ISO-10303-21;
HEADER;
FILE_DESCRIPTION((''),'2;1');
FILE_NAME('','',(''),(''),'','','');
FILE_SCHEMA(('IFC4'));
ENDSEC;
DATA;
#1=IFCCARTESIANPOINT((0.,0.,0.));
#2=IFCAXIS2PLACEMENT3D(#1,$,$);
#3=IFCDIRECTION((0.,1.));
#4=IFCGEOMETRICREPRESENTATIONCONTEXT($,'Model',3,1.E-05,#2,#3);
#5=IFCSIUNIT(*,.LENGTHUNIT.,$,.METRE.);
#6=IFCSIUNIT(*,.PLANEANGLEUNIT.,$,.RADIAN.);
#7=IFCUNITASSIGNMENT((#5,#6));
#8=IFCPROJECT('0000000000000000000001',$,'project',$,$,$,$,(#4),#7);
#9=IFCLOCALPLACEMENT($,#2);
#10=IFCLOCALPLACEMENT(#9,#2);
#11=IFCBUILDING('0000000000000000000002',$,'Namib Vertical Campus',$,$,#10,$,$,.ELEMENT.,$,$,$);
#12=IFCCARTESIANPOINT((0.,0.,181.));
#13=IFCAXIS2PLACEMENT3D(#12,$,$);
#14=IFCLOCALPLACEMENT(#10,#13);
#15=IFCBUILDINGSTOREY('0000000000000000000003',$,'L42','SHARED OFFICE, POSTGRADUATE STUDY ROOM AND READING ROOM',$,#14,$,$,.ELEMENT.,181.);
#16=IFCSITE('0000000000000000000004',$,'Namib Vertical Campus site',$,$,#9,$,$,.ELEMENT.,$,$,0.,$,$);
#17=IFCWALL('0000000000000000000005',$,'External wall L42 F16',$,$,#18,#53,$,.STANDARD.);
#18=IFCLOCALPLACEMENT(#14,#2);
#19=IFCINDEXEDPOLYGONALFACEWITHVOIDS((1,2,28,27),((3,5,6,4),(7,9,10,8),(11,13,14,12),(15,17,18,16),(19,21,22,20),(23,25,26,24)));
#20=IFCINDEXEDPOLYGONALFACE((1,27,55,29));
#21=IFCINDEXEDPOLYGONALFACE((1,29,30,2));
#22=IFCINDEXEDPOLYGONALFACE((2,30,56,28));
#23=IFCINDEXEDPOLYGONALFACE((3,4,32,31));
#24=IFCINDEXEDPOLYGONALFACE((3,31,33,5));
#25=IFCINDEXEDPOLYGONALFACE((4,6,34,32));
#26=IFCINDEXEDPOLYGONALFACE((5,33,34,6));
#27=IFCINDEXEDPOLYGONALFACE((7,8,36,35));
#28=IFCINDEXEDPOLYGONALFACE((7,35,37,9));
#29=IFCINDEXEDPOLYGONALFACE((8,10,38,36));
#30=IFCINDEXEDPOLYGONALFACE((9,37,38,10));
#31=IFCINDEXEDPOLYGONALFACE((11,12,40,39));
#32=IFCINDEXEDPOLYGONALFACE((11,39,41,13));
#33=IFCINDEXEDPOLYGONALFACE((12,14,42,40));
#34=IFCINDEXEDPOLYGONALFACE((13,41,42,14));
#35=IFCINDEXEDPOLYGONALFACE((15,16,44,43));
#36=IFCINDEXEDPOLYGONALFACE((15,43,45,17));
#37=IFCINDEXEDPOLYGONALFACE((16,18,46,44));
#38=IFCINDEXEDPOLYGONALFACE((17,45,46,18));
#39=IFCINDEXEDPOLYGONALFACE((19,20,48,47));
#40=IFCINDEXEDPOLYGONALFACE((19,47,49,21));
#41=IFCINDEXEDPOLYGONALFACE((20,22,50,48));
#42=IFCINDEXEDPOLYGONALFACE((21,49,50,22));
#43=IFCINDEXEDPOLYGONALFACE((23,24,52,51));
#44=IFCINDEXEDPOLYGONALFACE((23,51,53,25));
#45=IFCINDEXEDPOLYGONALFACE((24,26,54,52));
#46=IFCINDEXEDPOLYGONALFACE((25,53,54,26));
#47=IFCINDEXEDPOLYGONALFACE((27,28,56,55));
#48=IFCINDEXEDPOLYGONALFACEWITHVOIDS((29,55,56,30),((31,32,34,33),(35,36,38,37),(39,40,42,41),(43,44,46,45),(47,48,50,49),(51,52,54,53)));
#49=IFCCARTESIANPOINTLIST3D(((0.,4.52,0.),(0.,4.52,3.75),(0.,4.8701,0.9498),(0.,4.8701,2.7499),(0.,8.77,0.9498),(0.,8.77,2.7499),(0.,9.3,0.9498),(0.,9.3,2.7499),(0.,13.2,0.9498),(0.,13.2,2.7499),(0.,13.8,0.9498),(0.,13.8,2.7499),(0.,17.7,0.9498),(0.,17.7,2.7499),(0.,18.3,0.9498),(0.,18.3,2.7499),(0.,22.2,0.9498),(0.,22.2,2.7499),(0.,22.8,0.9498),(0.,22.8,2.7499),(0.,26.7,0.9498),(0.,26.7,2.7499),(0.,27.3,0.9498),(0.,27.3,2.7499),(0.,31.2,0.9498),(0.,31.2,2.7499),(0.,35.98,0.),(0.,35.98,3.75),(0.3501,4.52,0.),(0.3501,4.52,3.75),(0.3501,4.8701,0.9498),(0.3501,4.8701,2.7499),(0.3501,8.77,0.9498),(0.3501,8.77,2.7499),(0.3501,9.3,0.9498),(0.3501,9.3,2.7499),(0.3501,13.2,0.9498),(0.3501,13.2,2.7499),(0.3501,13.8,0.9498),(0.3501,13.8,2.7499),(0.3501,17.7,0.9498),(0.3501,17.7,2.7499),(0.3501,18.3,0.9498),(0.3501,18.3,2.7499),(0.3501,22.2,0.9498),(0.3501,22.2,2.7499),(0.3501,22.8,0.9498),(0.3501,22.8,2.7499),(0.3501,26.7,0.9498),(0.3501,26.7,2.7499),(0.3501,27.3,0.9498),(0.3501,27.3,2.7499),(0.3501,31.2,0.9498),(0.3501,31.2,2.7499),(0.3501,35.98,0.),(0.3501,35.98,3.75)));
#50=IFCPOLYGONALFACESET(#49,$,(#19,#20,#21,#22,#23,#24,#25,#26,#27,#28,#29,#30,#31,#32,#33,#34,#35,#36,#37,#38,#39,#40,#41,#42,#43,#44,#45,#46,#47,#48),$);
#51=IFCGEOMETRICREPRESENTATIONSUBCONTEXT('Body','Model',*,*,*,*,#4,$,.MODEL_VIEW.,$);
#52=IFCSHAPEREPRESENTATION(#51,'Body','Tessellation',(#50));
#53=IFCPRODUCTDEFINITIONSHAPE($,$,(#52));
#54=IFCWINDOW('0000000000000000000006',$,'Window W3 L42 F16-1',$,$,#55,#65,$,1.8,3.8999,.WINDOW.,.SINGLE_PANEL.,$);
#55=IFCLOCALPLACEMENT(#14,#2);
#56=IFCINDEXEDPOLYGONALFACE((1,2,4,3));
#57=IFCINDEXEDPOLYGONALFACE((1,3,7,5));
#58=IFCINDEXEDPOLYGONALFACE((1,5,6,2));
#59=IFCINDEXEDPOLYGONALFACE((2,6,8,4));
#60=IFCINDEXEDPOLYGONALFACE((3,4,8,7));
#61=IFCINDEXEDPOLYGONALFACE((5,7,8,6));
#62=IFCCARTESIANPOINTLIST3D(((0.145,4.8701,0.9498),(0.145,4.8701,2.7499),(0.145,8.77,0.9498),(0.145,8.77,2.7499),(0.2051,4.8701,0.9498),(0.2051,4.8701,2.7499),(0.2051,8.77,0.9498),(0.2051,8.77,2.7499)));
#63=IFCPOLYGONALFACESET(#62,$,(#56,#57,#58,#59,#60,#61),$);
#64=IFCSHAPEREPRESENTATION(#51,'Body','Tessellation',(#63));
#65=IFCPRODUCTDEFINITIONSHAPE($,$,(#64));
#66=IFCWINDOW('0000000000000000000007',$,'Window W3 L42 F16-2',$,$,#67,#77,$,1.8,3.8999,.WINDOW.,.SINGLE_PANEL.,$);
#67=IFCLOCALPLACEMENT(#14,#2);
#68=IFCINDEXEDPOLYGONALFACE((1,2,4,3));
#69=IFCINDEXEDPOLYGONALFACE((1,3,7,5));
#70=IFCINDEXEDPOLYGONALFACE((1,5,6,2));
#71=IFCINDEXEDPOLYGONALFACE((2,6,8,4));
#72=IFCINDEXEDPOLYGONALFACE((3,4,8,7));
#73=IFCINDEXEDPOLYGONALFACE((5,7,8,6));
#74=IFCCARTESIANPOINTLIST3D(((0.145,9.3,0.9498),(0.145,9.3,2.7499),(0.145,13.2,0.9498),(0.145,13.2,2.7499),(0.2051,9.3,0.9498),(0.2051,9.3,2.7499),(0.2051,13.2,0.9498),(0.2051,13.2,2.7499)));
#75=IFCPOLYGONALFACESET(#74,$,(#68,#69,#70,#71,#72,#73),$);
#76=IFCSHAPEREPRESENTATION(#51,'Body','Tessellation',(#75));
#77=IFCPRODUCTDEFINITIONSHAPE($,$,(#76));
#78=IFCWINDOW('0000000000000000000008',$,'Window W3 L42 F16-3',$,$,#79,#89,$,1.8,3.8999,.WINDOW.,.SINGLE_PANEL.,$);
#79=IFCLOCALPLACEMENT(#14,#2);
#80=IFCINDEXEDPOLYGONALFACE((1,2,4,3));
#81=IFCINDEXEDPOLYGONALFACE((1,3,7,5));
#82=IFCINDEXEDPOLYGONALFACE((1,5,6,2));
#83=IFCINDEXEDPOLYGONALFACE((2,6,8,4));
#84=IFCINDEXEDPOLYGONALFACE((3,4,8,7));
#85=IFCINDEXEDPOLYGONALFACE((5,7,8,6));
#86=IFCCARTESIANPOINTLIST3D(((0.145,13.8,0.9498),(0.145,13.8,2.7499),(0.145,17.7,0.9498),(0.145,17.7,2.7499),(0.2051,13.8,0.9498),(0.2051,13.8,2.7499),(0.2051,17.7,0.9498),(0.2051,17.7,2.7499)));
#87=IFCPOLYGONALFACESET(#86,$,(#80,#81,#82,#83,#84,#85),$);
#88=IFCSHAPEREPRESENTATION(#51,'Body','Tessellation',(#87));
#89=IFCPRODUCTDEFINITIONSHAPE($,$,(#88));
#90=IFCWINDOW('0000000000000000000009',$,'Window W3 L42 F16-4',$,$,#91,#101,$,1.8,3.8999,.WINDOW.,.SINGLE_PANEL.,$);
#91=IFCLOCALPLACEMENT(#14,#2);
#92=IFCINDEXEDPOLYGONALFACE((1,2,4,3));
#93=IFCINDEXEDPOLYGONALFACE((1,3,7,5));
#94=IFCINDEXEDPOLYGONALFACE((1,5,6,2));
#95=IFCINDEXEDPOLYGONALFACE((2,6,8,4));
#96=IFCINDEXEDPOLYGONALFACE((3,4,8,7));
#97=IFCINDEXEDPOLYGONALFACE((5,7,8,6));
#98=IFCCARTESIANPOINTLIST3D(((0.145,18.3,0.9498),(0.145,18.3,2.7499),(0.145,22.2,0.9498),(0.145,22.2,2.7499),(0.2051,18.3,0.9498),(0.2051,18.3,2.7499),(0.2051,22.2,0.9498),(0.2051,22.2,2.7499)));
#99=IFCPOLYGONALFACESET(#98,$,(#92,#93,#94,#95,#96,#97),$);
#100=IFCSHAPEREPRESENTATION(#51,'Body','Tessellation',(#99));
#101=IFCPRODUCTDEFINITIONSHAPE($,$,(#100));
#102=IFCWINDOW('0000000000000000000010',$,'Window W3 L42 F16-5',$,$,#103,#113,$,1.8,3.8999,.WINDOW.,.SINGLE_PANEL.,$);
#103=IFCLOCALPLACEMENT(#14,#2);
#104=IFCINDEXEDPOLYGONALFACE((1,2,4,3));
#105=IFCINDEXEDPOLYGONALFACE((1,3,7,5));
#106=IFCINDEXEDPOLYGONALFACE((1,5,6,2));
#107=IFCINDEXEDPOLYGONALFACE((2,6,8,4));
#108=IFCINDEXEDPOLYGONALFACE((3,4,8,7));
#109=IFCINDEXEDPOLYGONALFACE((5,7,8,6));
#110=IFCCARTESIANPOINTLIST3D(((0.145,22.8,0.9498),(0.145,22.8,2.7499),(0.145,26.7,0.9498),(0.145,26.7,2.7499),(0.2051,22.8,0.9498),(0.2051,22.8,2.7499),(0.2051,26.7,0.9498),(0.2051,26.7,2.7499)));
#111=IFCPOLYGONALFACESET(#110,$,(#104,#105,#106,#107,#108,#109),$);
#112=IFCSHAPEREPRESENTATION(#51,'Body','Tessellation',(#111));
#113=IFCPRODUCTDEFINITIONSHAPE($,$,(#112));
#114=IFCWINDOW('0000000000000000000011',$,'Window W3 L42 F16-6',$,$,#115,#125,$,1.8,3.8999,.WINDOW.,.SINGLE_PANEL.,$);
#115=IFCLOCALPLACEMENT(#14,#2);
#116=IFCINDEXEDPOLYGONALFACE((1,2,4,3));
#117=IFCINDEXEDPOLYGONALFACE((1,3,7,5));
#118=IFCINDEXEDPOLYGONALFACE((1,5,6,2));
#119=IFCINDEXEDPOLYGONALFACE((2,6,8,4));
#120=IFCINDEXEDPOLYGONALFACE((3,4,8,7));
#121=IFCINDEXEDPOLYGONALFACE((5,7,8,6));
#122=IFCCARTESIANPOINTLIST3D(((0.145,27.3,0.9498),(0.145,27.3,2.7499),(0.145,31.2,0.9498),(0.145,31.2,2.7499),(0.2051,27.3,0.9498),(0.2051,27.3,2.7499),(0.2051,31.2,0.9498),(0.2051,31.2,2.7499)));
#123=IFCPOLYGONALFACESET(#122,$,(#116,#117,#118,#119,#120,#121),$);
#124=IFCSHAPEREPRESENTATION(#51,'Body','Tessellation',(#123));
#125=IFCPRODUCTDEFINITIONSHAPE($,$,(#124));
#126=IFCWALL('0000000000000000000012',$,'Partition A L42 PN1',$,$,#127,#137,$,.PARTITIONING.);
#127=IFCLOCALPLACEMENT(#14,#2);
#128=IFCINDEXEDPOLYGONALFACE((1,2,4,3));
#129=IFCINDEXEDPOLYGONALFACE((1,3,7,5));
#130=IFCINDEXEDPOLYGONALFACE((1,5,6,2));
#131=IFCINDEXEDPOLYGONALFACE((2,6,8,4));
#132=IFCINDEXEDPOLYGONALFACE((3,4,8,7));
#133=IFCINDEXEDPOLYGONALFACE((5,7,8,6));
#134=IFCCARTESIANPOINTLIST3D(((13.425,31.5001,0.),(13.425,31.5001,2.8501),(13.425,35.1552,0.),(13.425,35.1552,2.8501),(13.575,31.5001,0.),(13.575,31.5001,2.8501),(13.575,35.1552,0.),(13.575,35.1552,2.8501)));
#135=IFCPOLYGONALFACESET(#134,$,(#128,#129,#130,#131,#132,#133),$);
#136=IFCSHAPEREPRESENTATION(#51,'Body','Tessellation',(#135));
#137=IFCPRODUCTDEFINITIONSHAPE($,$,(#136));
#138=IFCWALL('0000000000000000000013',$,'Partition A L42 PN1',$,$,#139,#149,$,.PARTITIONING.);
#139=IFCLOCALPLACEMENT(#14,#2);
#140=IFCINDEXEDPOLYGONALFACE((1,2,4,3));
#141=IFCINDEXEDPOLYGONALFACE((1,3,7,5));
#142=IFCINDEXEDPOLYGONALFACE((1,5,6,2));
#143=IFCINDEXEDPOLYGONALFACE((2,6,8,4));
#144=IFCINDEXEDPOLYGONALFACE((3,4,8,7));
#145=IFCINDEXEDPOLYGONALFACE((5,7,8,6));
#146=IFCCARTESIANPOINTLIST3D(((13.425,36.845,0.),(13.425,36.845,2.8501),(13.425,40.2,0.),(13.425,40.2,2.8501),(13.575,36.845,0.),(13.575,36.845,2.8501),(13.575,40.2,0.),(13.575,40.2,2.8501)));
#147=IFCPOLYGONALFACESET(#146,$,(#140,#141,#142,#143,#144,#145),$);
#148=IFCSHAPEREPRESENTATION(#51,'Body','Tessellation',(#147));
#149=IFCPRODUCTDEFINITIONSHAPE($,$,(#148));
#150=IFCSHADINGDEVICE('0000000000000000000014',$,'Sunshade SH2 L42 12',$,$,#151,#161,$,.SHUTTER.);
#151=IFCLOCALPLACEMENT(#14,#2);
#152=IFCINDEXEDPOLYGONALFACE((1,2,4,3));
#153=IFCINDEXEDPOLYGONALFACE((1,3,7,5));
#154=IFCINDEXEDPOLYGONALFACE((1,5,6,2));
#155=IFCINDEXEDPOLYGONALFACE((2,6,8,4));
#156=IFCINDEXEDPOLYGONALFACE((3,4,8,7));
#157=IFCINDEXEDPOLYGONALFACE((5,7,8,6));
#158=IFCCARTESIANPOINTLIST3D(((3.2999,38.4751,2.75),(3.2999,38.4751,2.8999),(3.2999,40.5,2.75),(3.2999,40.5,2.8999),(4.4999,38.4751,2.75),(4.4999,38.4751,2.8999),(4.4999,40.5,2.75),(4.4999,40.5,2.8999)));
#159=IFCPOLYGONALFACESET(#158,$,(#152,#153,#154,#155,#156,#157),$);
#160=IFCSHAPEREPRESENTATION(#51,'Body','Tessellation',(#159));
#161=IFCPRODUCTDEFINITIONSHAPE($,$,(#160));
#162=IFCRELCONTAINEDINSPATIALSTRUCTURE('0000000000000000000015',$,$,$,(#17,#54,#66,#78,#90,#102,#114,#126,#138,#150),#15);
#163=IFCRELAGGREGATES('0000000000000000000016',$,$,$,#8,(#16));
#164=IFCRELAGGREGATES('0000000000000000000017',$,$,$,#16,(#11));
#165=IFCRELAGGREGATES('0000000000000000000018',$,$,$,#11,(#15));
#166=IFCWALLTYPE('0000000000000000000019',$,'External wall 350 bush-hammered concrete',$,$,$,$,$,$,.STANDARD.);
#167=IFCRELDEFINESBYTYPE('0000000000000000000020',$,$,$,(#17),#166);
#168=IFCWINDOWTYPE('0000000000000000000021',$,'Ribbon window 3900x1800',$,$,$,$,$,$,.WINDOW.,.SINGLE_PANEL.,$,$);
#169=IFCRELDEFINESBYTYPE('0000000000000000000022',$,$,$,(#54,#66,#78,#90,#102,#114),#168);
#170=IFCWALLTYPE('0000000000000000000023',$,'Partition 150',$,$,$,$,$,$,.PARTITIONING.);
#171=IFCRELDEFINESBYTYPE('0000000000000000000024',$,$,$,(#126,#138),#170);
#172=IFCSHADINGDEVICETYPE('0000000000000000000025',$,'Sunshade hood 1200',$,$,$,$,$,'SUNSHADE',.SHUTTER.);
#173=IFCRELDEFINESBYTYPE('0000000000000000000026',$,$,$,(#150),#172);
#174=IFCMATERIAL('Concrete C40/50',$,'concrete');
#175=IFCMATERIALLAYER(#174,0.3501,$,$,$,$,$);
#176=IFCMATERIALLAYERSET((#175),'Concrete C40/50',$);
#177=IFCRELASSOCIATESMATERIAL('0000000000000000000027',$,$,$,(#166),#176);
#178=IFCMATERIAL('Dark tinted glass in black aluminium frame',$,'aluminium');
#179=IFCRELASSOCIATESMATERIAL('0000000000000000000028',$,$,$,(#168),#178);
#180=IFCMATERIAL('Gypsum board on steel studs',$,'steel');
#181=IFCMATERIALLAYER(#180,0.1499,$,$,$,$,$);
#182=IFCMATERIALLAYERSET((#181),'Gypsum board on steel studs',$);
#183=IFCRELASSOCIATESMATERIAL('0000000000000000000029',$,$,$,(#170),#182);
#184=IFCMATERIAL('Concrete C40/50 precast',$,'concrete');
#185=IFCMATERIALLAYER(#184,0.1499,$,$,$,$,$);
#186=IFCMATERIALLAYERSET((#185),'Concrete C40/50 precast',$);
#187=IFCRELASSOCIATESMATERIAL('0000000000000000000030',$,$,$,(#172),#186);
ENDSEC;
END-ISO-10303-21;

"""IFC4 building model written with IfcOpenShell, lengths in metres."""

from ifc_helpers import new_model, si_unit, direction, frame, frame_2d, origin, origin_2d, place, context, subcontext, project, spatial, rectangle, extrude, material, layer, layer_set, type_object, element, fill, save


model = new_model("IFC4")

# Units and contexts
model_context = context("Model", 3, precision=1e-05, world=origin(), true_north=direction((0.0, 1.0)))
body_context = subcontext(model_context, "Body", "Model", "MODEL_VIEW")
ifc_project = project(units=[si_unit("LENGTHUNIT", "METRE"), si_unit("PLANEANGLEUNIT", "RADIAN")], contexts=[model_context])

# Site, building, storey
site_placement = place(None, origin())
site = spatial("IfcSite", under=ifc_project, at=site_placement, Name="Namib Vertical Campus site", CompositionType="ELEMENT", RefElevation=0.0)
building_placement = place(site_placement, origin())
building = spatial("IfcBuilding", under=site, at=building_placement, Name="Namib Vertical Campus", CompositionType="ELEMENT")
storey_placement = place(building_placement, frame((0.0, 0.0, 181.0)))
storey = spatial("IfcBuildingStorey", under=building, at=storey_placement, Name="L42", Description="SHARED OFFICE, POSTGRADUATE STUDY ROOM AND READING ROOM", CompositionType="ELEMENT", Elevation=181.0)

# Shared definitions
ifc_material_1 = material(Name="Concrete C40/50", Category="concrete")
ifc_layer_1 = layer(ifc_material_1, 0.3501)
ifc_layer_set_1 = layer_set([ifc_layer_1], Name="Concrete C40/50")
wall_type_1 = type_object("IfcWallType", Name="External wall 350 bush-hammered concrete", PredefinedType="STANDARD", material=ifc_layer_set_1)

# Wall, openings, windows
wall_1_placement = place(storey_placement, frame((0.175, 35.98, 0.0), z_axis=(0.0, 0.0, 1.0), x_axis=(0.0, -1.0, 0.0)))
wall_1 = element("IfcWall", 1, at=wall_1_placement, inside=storey, type_object=wall_type_1, Name="External wall L42 F16", PredefinedType="STANDARD", context=body_context, shape_type="SweptSolid", body=[
    extrude(rectangle(XDim=31.46, YDim=0.3501, at=frame_2d((15.73, 0.0))), origin(), (0.0, 0.0, 1.0), 3.75),
])
opening_1_placement = place(wall_1_placement, frame((27.21, 0.0, 0.95)))
opening_1 = element("IfcOpeningElement", 2, at=opening_1_placement, cuts=wall_1, PredefinedType="OPENING", context=body_context, shape_type="SweptSolid", body=[
    extrude(rectangle(XDim=3.8999, YDim=1.8, at=frame_2d((1.95, 0.8999))), frame((0.0, 0.1851, 0.0), z_axis=(0.0, -1.0, 0.0), x_axis=(1.0, 0.0, 0.0)), (0.0, 0.0, 1.0), 0.3701),
])
opening_2_placement = place(wall_1_placement, frame((22.78, 0.0, 0.95)))
opening_2 = element("IfcOpeningElement", 3, at=opening_2_placement, cuts=wall_1, PredefinedType="OPENING", context=body_context, shape_type="SweptSolid", body=[
    extrude(rectangle(XDim=3.8999, YDim=1.8, at=frame_2d((1.95, 0.8999))), frame((0.0, 0.1851, 0.0), z_axis=(0.0, -1.0, 0.0), x_axis=(1.0, 0.0, 0.0)), (0.0, 0.0, 1.0), 0.3701),
])
opening_3_placement = place(wall_1_placement, frame((18.28, 0.0, 0.95)))
opening_3 = element("IfcOpeningElement", 4, at=opening_3_placement, cuts=wall_1, PredefinedType="OPENING", context=body_context, shape_type="SweptSolid", body=[
    extrude(rectangle(XDim=3.8999, YDim=1.8, at=frame_2d((1.95, 0.8999))), frame((0.0, 0.1851, 0.0), z_axis=(0.0, -1.0, 0.0), x_axis=(1.0, 0.0, 0.0)), (0.0, 0.0, 1.0), 0.3701),
])
opening_4_placement = place(wall_1_placement, frame((13.78, 0.0, 0.95)))
opening_4 = element("IfcOpeningElement", 5, at=opening_4_placement, cuts=wall_1, PredefinedType="OPENING", context=body_context, shape_type="SweptSolid", body=[
    extrude(rectangle(XDim=3.8999, YDim=1.8, at=frame_2d((1.95, 0.8999))), frame((0.0, 0.1851, 0.0), z_axis=(0.0, -1.0, 0.0), x_axis=(1.0, 0.0, 0.0)), (0.0, 0.0, 1.0), 0.3701),
])
opening_5_placement = place(wall_1_placement, frame((9.28, 0.0, 0.95)))
opening_5 = element("IfcOpeningElement", 6, at=opening_5_placement, cuts=wall_1, PredefinedType="OPENING", context=body_context, shape_type="SweptSolid", body=[
    extrude(rectangle(XDim=3.8999, YDim=1.8, at=frame_2d((1.95, 0.8999))), frame((0.0, 0.1851, 0.0), z_axis=(0.0, -1.0, 0.0), x_axis=(1.0, 0.0, 0.0)), (0.0, 0.0, 1.0), 0.3701),
])
opening_6_placement = place(wall_1_placement, frame((4.78, 0.0, 0.95)))
opening_6 = element("IfcOpeningElement", 7, at=opening_6_placement, cuts=wall_1, PredefinedType="OPENING", context=body_context, shape_type="SweptSolid", body=[
    extrude(rectangle(XDim=3.8999, YDim=1.8, at=frame_2d((1.95, 0.8999))), frame((0.0, 0.1851, 0.0), z_axis=(0.0, -1.0, 0.0), x_axis=(1.0, 0.0, 0.0)), (0.0, 0.0, 1.0), 0.3701),
])
ifc_material_2 = material(Name="Dark tinted glass in black aluminium frame", Category="aluminium")
window_type = type_object("IfcWindowType", Name="Ribbon window 3900x1800", PartitioningType="SINGLE_PANEL", PredefinedType="WINDOW", material=ifc_material_2)
window_1_placement = place(opening_1_placement, origin())
window_1 = element("IfcWindow", 8, at=window_1_placement, inside=storey, type_object=window_type, Name="Window W3 L42 F16-1", OverallHeight=1.8, OverallWidth=3.8999, PartitioningType="SINGLE_PANEL", PredefinedType="WINDOW", context=body_context, shape_type="SweptSolid", body=[
    extrude(rectangle(XDim=3.8999, YDim=1.8, at=frame_2d((1.95, 0.8999))), frame((0.0, 0.03, 0.0), z_axis=(0.0, -1.0, 0.0), x_axis=(1.0, 0.0, 0.0)), (0.0, 0.0, 1.0), 0.0601),
])
fill(opening_1, window_1)
window_2_placement = place(opening_2_placement, origin())
window_2 = element("IfcWindow", 9, at=window_2_placement, inside=storey, type_object=window_type, Name="Window W3 L42 F16-2", OverallHeight=1.8, OverallWidth=3.8999, PartitioningType="SINGLE_PANEL", PredefinedType="WINDOW", context=body_context, shape_type="SweptSolid", body=[
    extrude(rectangle(XDim=3.8999, YDim=1.8, at=frame_2d((1.95, 0.8999))), frame((0.0, 0.03, 0.0), z_axis=(0.0, -1.0, 0.0), x_axis=(1.0, 0.0, 0.0)), (0.0, 0.0, 1.0), 0.0601),
])
fill(opening_2, window_2)
window_3_placement = place(opening_3_placement, origin())
window_3 = element("IfcWindow", 10, at=window_3_placement, inside=storey, type_object=window_type, Name="Window W3 L42 F16-3", OverallHeight=1.8, OverallWidth=3.8999, PartitioningType="SINGLE_PANEL", PredefinedType="WINDOW", context=body_context, shape_type="SweptSolid", body=[
    extrude(rectangle(XDim=3.8999, YDim=1.8, at=frame_2d((1.95, 0.8999))), frame((0.0, 0.03, 0.0), z_axis=(0.0, -1.0, 0.0), x_axis=(1.0, 0.0, 0.0)), (0.0, 0.0, 1.0), 0.0601),
])
fill(opening_3, window_3)
window_4_placement = place(opening_4_placement, origin())
window_4 = element("IfcWindow", 11, at=window_4_placement, inside=storey, type_object=window_type, Name="Window W3 L42 F16-4", OverallHeight=1.8, OverallWidth=3.8999, PartitioningType="SINGLE_PANEL", PredefinedType="WINDOW", context=body_context, shape_type="SweptSolid", body=[
    extrude(rectangle(XDim=3.8999, YDim=1.8, at=frame_2d((1.95, 0.8999))), frame((0.0, 0.03, 0.0), z_axis=(0.0, -1.0, 0.0), x_axis=(1.0, 0.0, 0.0)), (0.0, 0.0, 1.0), 0.0601),
])
fill(opening_4, window_4)
window_5_placement = place(opening_5_placement, origin())
window_5 = element("IfcWindow", 12, at=window_5_placement, inside=storey, type_object=window_type, Name="Window W3 L42 F16-5", OverallHeight=1.8, OverallWidth=3.8999, PartitioningType="SINGLE_PANEL", PredefinedType="WINDOW", context=body_context, shape_type="SweptSolid", body=[
    extrude(rectangle(XDim=3.8999, YDim=1.8, at=frame_2d((1.95, 0.8999))), frame((0.0, 0.03, 0.0), z_axis=(0.0, -1.0, 0.0), x_axis=(1.0, 0.0, 0.0)), (0.0, 0.0, 1.0), 0.0601),
])
fill(opening_5, window_5)
window_6_placement = place(opening_6_placement, origin())
window_6 = element("IfcWindow", 13, at=window_6_placement, inside=storey, type_object=window_type, Name="Window W3 L42 F16-6", OverallHeight=1.8, OverallWidth=3.8999, PartitioningType="SINGLE_PANEL", PredefinedType="WINDOW", context=body_context, shape_type="SweptSolid", body=[
    extrude(rectangle(XDim=3.8999, YDim=1.8, at=frame_2d((1.95, 0.8999))), frame((0.0, 0.03, 0.0), z_axis=(0.0, -1.0, 0.0), x_axis=(1.0, 0.0, 0.0)), (0.0, 0.0, 1.0), 0.0601),
])
fill(opening_6, window_6)

# Walls
ifc_material_3 = material(Name="Gypsum board on steel studs", Category="steel")
ifc_layer_2 = layer(ifc_material_3, 0.1499)
ifc_layer_set_2 = layer_set([ifc_layer_2], Name="Gypsum board on steel studs")
wall_type_2 = type_object("IfcWallType", Name="Partition 150", PredefinedType="PARTITIONING", material=ifc_layer_set_2)
wall_2_placement = place(storey_placement, frame((13.5, 31.5, 0.0), z_axis=(0.0, 0.0, 1.0), x_axis=(0.0, 1.0, 0.0)))
element("IfcWall", 14, at=wall_2_placement, inside=storey, type_object=wall_type_2, Name="Partition A L42 PN1", PredefinedType="PARTITIONING", context=body_context, shape_type="SweptSolid", body=[
    extrude(rectangle(XDim=3.655, YDim=0.1499, at=frame_2d((1.8276, 0.0))), origin(), (0.0, 0.0, 1.0), 2.8501),
])
wall_3_placement = place(storey_placement, frame((13.5, 36.845, 0.0), z_axis=(0.0, 0.0, 1.0), x_axis=(0.0, 1.0, 0.0)))
element("IfcWall", 15, at=wall_3_placement, inside=storey, type_object=wall_type_2, Name="Partition A L42 PN1", PredefinedType="PARTITIONING", context=body_context, shape_type="SweptSolid", body=[
    extrude(rectangle(XDim=3.355, YDim=0.1499, at=frame_2d((1.6775, 0.0))), origin(), (0.0, 0.0, 1.0), 2.8501),
])

# Shading device
ifc_material_4 = material(Name="Concrete C40/50 precast", Category="concrete")
ifc_layer_3 = layer(ifc_material_4, 0.1499)
ifc_layer_set_3 = layer_set([ifc_layer_3], Name="Concrete C40/50 precast")
shading_device_type = type_object("IfcShadingDeviceType", Name="Sunshade hood 1200", ElementType="SUNSHADE", PredefinedType="SHUTTER", material=ifc_layer_set_3)
for number, where, z_axis, x_axis, name in (
    (16, (3.8999, 39.4875, 2.75), (0.0, 0.0, 1.0), (0.0, -1.0, 0.0), "Sunshade SH2 L42 12"),
):
    element("IfcShadingDevice", number, at=place(storey_placement, frame(where, z_axis=z_axis, x_axis=x_axis)), inside=storey, type_object=shading_device_type, Name=name, PredefinedType="SHUTTER", context=body_context, shape_type="SweptSolid", body=[
        extrude(rectangle(XDim=2.0249, YDim=1.2, at=origin_2d()), origin(), (0.0, 0.0, 1.0), 0.1499),
    ])

save(model, "model.ifc")
